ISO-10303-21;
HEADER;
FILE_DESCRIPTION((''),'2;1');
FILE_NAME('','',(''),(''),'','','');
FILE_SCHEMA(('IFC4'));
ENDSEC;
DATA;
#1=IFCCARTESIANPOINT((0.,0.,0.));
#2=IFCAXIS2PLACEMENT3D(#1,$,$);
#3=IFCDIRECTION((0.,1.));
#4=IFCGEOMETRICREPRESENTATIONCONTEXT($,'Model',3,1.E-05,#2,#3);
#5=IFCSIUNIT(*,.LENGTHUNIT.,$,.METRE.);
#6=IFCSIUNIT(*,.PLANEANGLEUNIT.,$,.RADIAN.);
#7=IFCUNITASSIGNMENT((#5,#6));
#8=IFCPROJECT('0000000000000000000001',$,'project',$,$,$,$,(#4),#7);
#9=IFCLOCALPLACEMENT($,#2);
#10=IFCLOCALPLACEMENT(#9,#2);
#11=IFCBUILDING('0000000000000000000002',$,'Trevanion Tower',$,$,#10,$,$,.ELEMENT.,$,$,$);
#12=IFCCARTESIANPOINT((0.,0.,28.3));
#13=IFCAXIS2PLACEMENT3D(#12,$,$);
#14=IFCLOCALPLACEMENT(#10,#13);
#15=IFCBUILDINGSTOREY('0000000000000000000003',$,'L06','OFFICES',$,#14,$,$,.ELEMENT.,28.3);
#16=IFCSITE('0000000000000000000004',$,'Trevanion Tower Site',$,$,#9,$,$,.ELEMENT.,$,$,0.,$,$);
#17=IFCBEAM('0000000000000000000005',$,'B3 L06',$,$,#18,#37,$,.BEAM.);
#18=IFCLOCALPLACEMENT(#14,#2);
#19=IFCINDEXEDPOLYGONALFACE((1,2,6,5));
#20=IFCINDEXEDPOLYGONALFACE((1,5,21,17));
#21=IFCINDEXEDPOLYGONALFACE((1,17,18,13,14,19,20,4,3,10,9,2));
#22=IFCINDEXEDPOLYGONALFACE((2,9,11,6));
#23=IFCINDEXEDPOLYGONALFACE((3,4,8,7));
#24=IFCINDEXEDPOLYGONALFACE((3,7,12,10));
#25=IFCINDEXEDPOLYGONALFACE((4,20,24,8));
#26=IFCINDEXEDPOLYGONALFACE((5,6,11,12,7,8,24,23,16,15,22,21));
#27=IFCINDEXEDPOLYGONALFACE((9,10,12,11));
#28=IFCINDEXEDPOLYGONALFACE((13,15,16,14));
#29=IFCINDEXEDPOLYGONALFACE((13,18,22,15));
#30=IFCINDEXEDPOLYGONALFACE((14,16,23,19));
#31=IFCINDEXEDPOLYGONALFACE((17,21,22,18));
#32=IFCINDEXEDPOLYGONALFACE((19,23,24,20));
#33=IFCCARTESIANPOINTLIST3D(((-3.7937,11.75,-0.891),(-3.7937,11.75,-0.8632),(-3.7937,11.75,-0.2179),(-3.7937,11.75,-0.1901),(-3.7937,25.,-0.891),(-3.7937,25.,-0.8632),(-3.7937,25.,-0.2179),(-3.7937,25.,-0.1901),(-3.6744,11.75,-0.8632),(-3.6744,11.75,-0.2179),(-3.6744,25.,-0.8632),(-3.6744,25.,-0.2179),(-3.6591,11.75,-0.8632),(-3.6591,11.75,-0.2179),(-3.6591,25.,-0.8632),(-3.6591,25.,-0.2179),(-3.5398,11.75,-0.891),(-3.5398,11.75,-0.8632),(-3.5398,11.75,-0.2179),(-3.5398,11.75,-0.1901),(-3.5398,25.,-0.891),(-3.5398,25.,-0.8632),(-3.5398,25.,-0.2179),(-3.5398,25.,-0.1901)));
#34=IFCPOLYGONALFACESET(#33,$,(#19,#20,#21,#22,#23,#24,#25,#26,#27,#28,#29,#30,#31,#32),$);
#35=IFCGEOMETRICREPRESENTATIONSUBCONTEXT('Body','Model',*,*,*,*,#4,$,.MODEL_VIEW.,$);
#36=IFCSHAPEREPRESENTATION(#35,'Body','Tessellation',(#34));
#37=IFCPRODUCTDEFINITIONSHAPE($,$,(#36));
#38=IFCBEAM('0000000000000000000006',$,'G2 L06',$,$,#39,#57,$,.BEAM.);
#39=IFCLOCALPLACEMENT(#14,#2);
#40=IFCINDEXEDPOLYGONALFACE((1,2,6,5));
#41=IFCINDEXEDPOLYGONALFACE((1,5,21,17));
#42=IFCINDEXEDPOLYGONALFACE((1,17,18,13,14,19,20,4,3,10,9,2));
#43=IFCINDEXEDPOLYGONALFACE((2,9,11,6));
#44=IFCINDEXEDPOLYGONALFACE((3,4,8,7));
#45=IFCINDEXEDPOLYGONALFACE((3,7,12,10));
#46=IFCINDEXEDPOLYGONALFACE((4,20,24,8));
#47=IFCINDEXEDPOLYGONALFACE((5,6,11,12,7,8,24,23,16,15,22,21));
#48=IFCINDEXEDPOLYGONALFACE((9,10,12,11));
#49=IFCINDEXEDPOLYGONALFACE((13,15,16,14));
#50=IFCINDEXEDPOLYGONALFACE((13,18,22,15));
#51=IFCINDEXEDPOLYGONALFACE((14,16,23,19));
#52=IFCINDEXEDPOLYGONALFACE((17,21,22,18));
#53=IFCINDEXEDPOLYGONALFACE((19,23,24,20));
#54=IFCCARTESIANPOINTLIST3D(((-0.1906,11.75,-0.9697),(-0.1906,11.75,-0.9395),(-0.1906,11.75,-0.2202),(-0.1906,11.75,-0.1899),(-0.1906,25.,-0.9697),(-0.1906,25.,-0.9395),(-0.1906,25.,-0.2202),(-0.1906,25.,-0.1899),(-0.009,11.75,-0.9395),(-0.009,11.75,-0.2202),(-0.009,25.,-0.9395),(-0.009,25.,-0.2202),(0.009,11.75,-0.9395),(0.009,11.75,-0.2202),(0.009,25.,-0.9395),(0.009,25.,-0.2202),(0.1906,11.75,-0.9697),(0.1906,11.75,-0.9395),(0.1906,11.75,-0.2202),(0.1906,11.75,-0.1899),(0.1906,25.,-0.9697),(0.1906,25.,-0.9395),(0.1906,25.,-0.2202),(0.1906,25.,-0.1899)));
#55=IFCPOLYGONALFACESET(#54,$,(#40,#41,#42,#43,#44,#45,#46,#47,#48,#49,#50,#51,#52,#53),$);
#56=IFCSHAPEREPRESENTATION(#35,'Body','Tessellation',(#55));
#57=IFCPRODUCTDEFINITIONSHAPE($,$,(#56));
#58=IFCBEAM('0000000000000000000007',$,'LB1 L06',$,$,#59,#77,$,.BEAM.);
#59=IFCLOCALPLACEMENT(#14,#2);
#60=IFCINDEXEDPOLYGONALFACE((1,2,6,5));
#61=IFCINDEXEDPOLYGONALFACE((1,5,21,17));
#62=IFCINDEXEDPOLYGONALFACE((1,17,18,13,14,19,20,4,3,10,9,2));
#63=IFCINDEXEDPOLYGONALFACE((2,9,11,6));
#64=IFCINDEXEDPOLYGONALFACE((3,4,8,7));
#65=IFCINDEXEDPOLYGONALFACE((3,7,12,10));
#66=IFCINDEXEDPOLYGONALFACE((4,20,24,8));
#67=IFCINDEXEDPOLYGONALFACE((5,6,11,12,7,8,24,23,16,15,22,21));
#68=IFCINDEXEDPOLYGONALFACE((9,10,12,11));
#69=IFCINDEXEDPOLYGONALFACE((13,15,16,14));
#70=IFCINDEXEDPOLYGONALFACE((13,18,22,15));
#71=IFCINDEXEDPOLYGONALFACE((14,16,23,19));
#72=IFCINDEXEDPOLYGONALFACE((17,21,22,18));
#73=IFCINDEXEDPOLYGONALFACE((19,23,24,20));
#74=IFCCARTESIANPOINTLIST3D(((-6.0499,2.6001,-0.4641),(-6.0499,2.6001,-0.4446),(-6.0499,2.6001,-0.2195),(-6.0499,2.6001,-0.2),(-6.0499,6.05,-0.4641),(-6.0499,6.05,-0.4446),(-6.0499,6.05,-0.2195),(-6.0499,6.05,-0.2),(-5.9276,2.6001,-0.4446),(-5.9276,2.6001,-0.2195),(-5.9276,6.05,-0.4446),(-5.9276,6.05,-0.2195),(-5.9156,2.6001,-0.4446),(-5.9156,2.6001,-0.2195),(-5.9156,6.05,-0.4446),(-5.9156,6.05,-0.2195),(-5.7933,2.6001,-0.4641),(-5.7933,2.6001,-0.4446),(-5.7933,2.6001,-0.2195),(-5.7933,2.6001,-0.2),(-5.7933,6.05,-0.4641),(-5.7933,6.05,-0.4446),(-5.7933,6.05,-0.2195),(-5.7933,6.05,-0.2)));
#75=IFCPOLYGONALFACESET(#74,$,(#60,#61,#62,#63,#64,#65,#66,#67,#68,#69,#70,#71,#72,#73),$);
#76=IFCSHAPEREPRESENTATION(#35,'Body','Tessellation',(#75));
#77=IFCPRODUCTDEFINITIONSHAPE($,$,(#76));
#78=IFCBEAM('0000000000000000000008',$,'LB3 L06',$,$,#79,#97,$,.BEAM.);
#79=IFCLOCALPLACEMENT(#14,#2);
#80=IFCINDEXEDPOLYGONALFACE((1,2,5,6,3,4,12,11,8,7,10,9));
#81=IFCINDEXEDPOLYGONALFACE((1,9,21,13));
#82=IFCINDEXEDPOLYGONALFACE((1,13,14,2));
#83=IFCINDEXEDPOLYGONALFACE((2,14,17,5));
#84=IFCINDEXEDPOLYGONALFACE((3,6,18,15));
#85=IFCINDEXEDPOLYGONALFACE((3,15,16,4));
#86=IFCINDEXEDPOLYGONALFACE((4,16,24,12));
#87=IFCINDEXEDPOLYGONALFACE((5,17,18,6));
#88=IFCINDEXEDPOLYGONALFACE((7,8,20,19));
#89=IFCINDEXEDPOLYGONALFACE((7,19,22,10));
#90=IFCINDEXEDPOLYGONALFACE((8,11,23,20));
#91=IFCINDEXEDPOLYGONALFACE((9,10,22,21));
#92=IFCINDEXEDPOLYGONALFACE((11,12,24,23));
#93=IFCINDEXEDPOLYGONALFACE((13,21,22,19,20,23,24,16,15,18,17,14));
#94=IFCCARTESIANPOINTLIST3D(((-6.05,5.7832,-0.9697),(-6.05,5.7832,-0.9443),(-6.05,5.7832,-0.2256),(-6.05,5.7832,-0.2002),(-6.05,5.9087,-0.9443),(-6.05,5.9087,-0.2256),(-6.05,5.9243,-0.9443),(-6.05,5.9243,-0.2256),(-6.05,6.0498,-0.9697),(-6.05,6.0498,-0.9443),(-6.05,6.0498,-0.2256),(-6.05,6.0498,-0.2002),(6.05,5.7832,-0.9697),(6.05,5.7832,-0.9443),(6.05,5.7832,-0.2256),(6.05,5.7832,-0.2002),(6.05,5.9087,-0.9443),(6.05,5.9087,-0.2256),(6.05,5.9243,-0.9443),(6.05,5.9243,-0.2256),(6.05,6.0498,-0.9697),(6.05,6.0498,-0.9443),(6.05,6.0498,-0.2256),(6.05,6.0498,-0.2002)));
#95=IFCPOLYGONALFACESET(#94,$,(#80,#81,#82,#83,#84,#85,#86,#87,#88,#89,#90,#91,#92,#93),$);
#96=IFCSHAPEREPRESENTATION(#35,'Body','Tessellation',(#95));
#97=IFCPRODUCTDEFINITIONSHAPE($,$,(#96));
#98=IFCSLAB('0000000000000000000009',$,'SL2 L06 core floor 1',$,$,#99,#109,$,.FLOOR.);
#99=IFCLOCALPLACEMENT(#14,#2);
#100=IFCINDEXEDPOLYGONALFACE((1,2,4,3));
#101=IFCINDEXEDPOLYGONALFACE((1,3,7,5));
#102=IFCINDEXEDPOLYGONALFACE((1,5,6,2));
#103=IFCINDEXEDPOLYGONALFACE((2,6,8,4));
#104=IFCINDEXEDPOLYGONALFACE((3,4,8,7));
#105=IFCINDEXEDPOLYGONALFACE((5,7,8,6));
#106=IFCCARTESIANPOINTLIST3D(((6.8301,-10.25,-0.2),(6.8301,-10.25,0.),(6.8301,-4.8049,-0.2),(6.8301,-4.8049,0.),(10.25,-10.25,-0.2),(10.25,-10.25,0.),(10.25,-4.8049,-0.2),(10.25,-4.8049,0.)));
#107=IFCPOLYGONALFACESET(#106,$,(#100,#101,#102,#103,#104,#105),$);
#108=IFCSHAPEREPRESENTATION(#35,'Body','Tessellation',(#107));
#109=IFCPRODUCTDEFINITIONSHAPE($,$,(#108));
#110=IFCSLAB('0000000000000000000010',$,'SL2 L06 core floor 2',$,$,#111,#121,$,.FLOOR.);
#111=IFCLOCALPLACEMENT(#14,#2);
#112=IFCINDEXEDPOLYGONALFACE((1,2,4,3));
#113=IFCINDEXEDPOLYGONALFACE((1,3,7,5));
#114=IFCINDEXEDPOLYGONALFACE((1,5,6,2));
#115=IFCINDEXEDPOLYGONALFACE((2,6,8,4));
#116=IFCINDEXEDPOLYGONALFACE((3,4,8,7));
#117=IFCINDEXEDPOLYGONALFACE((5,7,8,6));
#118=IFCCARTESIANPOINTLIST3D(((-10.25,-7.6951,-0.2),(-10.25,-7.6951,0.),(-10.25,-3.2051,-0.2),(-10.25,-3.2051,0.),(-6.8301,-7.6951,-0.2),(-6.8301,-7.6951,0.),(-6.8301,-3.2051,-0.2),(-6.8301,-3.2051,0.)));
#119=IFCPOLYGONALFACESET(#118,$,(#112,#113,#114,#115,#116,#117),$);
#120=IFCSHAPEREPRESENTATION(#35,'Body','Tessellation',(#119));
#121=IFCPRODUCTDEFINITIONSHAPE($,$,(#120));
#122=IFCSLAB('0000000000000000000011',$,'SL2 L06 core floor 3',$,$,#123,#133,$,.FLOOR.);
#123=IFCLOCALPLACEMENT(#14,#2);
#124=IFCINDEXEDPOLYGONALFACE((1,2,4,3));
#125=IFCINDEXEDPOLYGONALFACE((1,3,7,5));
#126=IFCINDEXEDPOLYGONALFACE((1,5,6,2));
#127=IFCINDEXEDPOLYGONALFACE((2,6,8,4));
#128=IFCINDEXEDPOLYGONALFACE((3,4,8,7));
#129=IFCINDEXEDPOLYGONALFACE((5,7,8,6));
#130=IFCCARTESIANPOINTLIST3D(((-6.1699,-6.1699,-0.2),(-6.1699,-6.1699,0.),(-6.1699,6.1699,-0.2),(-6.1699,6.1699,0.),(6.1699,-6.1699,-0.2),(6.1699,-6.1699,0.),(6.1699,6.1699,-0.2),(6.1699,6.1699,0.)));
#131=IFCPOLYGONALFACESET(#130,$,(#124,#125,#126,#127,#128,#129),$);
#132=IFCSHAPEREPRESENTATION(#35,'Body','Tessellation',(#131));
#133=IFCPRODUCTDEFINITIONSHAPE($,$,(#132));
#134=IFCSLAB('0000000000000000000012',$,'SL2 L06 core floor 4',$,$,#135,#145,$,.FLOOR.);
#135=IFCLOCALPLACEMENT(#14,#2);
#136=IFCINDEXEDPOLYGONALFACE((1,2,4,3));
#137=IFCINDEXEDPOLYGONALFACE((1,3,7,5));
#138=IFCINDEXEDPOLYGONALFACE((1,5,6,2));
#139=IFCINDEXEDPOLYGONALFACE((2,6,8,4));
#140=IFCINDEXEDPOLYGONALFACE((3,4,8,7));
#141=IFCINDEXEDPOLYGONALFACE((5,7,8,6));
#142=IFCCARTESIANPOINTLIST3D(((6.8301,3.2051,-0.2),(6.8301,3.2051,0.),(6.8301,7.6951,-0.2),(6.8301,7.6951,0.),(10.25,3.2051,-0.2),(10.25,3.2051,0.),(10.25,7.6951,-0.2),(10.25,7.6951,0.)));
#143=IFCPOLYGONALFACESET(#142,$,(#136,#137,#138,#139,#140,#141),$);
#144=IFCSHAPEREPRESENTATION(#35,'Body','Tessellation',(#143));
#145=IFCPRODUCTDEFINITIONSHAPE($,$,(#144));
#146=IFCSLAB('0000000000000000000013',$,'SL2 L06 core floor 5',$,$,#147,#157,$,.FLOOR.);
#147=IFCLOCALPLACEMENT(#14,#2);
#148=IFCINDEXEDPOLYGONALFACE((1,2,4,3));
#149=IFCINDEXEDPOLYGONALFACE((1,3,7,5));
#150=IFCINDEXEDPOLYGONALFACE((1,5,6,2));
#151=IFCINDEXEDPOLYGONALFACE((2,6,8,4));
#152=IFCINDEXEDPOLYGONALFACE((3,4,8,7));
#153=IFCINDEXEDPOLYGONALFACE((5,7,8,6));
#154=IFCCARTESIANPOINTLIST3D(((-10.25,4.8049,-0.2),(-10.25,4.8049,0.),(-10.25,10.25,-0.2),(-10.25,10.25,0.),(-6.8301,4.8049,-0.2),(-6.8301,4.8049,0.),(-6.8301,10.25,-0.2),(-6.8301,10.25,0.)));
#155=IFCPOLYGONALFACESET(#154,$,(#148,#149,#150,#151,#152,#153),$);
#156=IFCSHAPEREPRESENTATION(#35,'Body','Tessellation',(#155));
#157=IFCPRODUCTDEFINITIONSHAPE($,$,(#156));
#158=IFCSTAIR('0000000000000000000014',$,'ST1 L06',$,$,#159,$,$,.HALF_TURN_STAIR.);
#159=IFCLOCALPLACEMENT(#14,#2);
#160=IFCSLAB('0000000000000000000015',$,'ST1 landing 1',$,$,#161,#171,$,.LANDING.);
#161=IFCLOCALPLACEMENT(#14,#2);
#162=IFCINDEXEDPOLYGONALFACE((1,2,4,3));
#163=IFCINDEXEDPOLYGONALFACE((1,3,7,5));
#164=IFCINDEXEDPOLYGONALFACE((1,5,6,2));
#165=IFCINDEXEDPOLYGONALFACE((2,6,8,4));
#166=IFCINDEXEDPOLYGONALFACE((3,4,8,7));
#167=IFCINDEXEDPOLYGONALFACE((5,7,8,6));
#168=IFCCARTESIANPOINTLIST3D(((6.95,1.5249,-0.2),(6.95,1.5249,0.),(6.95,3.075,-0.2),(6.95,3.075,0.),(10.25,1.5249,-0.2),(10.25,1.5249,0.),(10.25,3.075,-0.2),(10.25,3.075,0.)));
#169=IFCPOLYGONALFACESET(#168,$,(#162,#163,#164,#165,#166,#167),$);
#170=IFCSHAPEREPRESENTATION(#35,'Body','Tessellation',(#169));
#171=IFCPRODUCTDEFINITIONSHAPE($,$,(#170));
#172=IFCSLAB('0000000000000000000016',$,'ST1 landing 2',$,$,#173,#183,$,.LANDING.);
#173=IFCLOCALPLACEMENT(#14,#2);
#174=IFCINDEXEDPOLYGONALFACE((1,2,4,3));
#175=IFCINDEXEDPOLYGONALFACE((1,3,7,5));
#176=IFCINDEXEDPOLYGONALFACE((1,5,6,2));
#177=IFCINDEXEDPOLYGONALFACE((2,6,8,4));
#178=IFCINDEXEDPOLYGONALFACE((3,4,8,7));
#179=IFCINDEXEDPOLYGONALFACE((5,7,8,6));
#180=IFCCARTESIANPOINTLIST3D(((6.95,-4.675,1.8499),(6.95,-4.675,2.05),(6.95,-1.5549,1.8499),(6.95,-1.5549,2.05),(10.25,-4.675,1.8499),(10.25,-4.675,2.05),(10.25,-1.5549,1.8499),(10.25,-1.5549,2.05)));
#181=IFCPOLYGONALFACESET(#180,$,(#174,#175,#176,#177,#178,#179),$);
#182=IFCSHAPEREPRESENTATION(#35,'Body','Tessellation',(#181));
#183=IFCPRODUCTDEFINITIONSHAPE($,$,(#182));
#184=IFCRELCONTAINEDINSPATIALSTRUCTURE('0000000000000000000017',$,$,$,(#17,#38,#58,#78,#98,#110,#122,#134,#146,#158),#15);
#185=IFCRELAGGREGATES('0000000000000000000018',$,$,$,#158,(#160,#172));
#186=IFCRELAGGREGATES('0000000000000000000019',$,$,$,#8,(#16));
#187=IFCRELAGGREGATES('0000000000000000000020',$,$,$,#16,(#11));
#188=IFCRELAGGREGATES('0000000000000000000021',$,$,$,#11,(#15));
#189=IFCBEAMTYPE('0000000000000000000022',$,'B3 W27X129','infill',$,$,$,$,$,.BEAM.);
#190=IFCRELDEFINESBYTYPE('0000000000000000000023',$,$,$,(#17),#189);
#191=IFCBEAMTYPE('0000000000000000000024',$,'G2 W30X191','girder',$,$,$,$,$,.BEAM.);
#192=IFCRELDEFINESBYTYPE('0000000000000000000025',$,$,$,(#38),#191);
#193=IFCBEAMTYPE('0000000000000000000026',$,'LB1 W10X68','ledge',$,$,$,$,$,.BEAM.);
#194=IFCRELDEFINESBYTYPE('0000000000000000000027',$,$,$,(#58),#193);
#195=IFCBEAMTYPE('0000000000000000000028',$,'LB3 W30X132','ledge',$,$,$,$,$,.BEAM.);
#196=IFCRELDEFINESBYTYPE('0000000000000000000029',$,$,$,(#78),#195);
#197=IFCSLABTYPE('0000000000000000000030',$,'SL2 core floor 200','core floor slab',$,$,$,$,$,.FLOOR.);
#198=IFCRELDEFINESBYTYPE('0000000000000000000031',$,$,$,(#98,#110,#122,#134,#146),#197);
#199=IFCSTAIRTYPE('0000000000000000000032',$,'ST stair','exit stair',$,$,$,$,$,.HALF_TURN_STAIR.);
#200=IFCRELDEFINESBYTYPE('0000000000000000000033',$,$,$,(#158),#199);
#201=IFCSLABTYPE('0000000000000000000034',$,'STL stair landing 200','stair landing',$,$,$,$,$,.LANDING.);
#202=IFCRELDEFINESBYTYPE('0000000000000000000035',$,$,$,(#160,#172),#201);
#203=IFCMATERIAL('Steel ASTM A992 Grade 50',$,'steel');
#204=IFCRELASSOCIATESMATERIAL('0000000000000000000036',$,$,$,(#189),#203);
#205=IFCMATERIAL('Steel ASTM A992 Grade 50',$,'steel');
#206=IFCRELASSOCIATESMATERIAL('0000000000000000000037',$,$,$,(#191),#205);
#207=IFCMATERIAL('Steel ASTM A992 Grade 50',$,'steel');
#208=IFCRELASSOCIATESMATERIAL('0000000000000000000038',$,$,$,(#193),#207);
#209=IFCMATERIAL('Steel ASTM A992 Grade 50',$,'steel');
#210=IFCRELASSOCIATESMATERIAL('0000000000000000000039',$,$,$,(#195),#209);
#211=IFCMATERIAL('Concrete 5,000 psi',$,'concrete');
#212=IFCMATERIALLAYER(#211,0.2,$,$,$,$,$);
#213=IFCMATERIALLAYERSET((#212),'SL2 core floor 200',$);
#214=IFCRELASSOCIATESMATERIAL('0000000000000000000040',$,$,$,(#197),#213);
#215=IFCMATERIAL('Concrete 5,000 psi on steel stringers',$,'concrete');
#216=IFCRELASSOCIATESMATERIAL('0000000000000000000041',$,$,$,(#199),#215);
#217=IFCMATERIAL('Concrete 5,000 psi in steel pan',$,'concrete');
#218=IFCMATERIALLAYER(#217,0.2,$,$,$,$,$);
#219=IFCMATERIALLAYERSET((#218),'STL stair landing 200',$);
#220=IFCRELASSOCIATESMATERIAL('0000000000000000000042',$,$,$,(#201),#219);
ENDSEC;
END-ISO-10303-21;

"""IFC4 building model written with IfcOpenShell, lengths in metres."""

from ifc_helpers import new_model, si_unit, direction, frame, origin, origin_2d, place, context, subcontext, project, spatial, polyline, i_section, outline, extrude, material, layer, layer_set, material_profile, profile_set, type_object, element, aggregate, save


model = new_model("IFC4")

# Units and contexts
model_context = context("Model", 3, precision=1e-05, world=origin(), true_north=direction((0.0, 1.0)))
body_context = subcontext(model_context, "Body", "Model", "MODEL_VIEW")
ifc_project = project(units=[si_unit("LENGTHUNIT", "METRE"), si_unit("PLANEANGLEUNIT", "RADIAN")], contexts=[model_context])

# Site, building, storey
site_placement = place(None, origin())
site = spatial("IfcSite", under=ifc_project, at=site_placement, Name="Trevanion Tower Site", CompositionType="ELEMENT", RefElevation=0.0)
building_placement = place(site_placement, origin())
building = spatial("IfcBuilding", under=site, at=building_placement, Name="Trevanion Tower", CompositionType="ELEMENT")
storey_placement = place(building_placement, frame((0.0, 0.0, 28.3)))
storey = spatial("IfcBuildingStorey", under=building, at=storey_placement, Name="L06", Description="OFFICES", CompositionType="ELEMENT", Elevation=28.3)

# Beams
ifc_material_1 = material(Name="Steel ASTM A992 Grade 50", Category="steel")
ifc_material_profile_1 = material_profile(ifc_material_1, i_section(OverallWidth=0.2539, OverallDepth=0.7009, WebThickness=0.0154, FlangeThickness=0.0278, at=origin_2d()), Name="W27X129")
ifc_profile_set_1 = profile_set([ifc_material_profile_1], Name="Steel ASTM A992 Grade 50")
beam_type_1 = type_object("IfcBeamType", Name="B3 W27X129", Description="infill", PredefinedType="BEAM", material=ifc_profile_set_1)
beam_1_placement = place(storey_placement, frame((-3.6667, 11.75, -0.5405), z_axis=(0.0, 1.0, 0.0), x_axis=(-1.0, 0.0, 0.0)))
element("IfcBeam", 1, at=beam_1_placement, inside=storey, type_object=beam_type_1, Name="B3 L06", PredefinedType="BEAM", context=body_context, shape_type="SweptSolid", body=[
    extrude(i_section(OverallWidth=0.2539, OverallDepth=0.7009, WebThickness=0.0154, FlangeThickness=0.0278, at=origin_2d()), origin(), (0.0, 0.0, 1.0), 13.25),
])
ifc_material_2 = material(Name="Steel ASTM A992 Grade 50", Category="steel")
ifc_material_profile_2 = material_profile(ifc_material_2, i_section(OverallWidth=0.3811, OverallDepth=0.7798, WebThickness=0.0181, FlangeThickness=0.0303, at=origin_2d()), Name="W30X191")
ifc_profile_set_2 = profile_set([ifc_material_profile_2], Name="Steel ASTM A992 Grade 50")
beam_type_2 = type_object("IfcBeamType", Name="G2 W30X191", Description="girder", PredefinedType="BEAM", material=ifc_profile_set_2)
beam_2_placement = place(storey_placement, frame((0.0, 11.75, -0.5798), z_axis=(0.0, 1.0, 0.0), x_axis=(-1.0, 0.0, 0.0)))
element("IfcBeam", 2, at=beam_2_placement, inside=storey, type_object=beam_type_2, Name="G2 L06", PredefinedType="BEAM", context=body_context, shape_type="SweptSolid", body=[
    extrude(i_section(OverallWidth=0.3811, OverallDepth=0.7798, WebThickness=0.0181, FlangeThickness=0.0303, at=origin_2d()), origin(), (0.0, 0.0, 1.0), 13.25),
])
ifc_material_3 = material(Name="Steel ASTM A992 Grade 50", Category="steel")
ifc_material_profile_3 = material_profile(ifc_material_3, i_section(OverallWidth=0.2566, OverallDepth=0.2642, WebThickness=0.012, FlangeThickness=0.0195, at=origin_2d()), Name="W10X68")
ifc_profile_set_3 = profile_set([ifc_material_profile_3], Name="Steel ASTM A992 Grade 50")
beam_type_3 = type_object("IfcBeamType", Name="LB1 W10X68", Description="ledge", PredefinedType="BEAM", material=ifc_profile_set_3)
beam_3_placement = place(storey_placement, frame((-5.9216, 2.6001, -0.332), z_axis=(0.0, 1.0, 0.0), x_axis=(-1.0, 0.0, 0.0)))
element("IfcBeam", 3, at=beam_3_placement, inside=storey, type_object=beam_type_3, Name="LB1 L06", PredefinedType="BEAM", context=body_context, shape_type="SweptSolid", body=[
    extrude(i_section(OverallWidth=0.2566, OverallDepth=0.2642, WebThickness=0.012, FlangeThickness=0.0195, at=origin_2d()), origin(), (0.0, 0.0, 1.0), 3.45),
])
ifc_material_4 = material(Name="Steel ASTM A992 Grade 50", Category="steel")
ifc_material_profile_4 = material_profile(ifc_material_4, i_section(OverallWidth=0.2666, OverallDepth=0.7695, WebThickness=0.0156, FlangeThickness=0.0254, at=origin_2d()), Name="W30X132")
ifc_profile_set_4 = profile_set([ifc_material_profile_4], Name="Steel ASTM A992 Grade 50")
beam_type_4 = type_object("IfcBeamType", Name="LB3 W30X132", Description="ledge", PredefinedType="BEAM", material=ifc_profile_set_4)
beam_4_placement = place(storey_placement, frame((-6.05, 5.9165, -0.585), z_axis=(1.0, 0.0, 0.0), x_axis=(0.0, 1.0, 0.0)))
element("IfcBeam", 4, at=beam_4_placement, inside=storey, type_object=beam_type_4, Name="LB3 L06", PredefinedType="BEAM", context=body_context, shape_type="SweptSolid", body=[
    extrude(i_section(OverallWidth=0.2666, OverallDepth=0.7695, WebThickness=0.0156, FlangeThickness=0.0254, at=origin_2d()), origin(), (0.0, 0.0, 1.0), 12.1001),
])

# Slabs
ifc_material_5 = material(Name="Concrete 5,000 psi", Category="concrete")
ifc_layer_1 = layer(ifc_material_5, 0.2)
ifc_layer_set_1 = layer_set([ifc_layer_1], Name="SL2 core floor 200")
slab_type_1 = type_object("IfcSlabType", Name="SL2 core floor 200", Description="core floor slab", PredefinedType="FLOOR", material=ifc_layer_set_1)
slab_1_placement = place(storey_placement, frame((0.0, 0.0, -0.2)))
element("IfcSlab", 5, at=slab_1_placement, inside=storey, type_object=slab_type_1, Name="SL2 L06 core floor 1", PredefinedType="FLOOR", context=body_context, shape_type="SweptSolid", body=[
    extrude(outline(polyline([(10.25, -4.8049), (10.25, -10.25), (6.8301, -10.25), (6.8301, -4.8049), (10.25, -4.8049)])), origin(), (0.0, 0.0, 1.0), 0.2),
])
slab_2_placement = place(storey_placement, frame((0.0, 0.0, -0.2)))
element("IfcSlab", 6, at=slab_2_placement, inside=storey, type_object=slab_type_1, Name="SL2 L06 core floor 2", PredefinedType="FLOOR", context=body_context, shape_type="SweptSolid", body=[
    extrude(outline(polyline([(-6.8301, -3.2051), (-6.8301, -7.6951), (-10.25, -7.6951), (-10.25, -3.2051), (-6.8301, -3.2051)])), origin(), (0.0, 0.0, 1.0), 0.2),
])
slab_3_placement = place(storey_placement, frame((0.0, 0.0, -0.2)))
element("IfcSlab", 7, at=slab_3_placement, inside=storey, type_object=slab_type_1, Name="SL2 L06 core floor 3", PredefinedType="FLOOR", context=body_context, shape_type="SweptSolid", body=[
    extrude(outline(polyline([(6.1699, -6.1699), (-6.1699, -6.1699), (-6.1699, 6.1699), (6.1699, 6.1699), (6.1699, -6.1699)])), origin(), (0.0, 0.0, 1.0), 0.2),
])
slab_4_placement = place(storey_placement, frame((0.0, 0.0, -0.2)))
element("IfcSlab", 8, at=slab_4_placement, inside=storey, type_object=slab_type_1, Name="SL2 L06 core floor 4", PredefinedType="FLOOR", context=body_context, shape_type="SweptSolid", body=[
    extrude(outline(polyline([(6.8301, 3.2051), (6.8301, 7.6951), (10.25, 7.6951), (10.25, 3.2051), (6.8301, 3.2051)])), origin(), (0.0, 0.0, 1.0), 0.2),
])
slab_5_placement = place(storey_placement, frame((0.0, 0.0, -0.2)))
element("IfcSlab", 9, at=slab_5_placement, inside=storey, type_object=slab_type_1, Name="SL2 L06 core floor 5", PredefinedType="FLOOR", context=body_context, shape_type="SweptSolid", body=[
    extrude(outline(polyline([(-6.8301, 4.8049), (-10.25, 4.8049), (-10.25, 10.25), (-6.8301, 10.25), (-6.8301, 4.8049)])), origin(), (0.0, 0.0, 1.0), 0.2),
])

# Stair, slabs
ifc_material_6 = material(Name="Concrete 5,000 psi on steel stringers", Category="concrete")
stair_type = type_object("IfcStairType", Name="ST stair", Description="exit stair", PredefinedType="HALF_TURN_STAIR", material=ifc_material_6)
stair_1_placement = place(storey_placement, origin())
stair_1 = element("IfcStair", 10, at=stair_1_placement, inside=storey, type_object=stair_type, Name="ST1 L06", PredefinedType="HALF_TURN_STAIR")
ifc_material_7 = material(Name="Concrete 5,000 psi in steel pan", Category="concrete")
ifc_layer_2 = layer(ifc_material_7, 0.2)
ifc_layer_set_2 = layer_set([ifc_layer_2], Name="STL stair landing 200")
slab_type_2 = type_object("IfcSlabType", Name="STL stair landing 200", Description="stair landing", PredefinedType="LANDING", material=ifc_layer_set_2)
slab_6_placement = place(storey_placement, frame((0.0, 0.0, -0.2)))
slab_6 = element("IfcSlab", 11, at=slab_6_placement, type_object=slab_type_2, Name="ST1 landing 1", PredefinedType="LANDING", context=body_context, shape_type="SweptSolid", body=[
    extrude(outline(polyline([(6.95, 1.5249), (10.25, 1.5249), (10.25, 3.075), (6.95, 3.075), (6.95, 1.5249)])), origin(), (0.0, 0.0, 1.0), 0.2),
])
slab_7_placement = place(storey_placement, frame((0.0, 0.0, 1.8499)))
slab_7 = element("IfcSlab", 12, at=slab_7_placement, type_object=slab_type_2, Name="ST1 landing 2", PredefinedType="LANDING", context=body_context, shape_type="SweptSolid", body=[
    extrude(outline(polyline([(6.95, -4.675), (10.25, -4.675), (10.25, -1.5549), (6.95, -1.5549), (6.95, -4.675)])), origin(), (0.0, 0.0, 1.0), 0.2002),
])
aggregate(stair_1, [slab_6, slab_7])

save(model, "model.ifc")
